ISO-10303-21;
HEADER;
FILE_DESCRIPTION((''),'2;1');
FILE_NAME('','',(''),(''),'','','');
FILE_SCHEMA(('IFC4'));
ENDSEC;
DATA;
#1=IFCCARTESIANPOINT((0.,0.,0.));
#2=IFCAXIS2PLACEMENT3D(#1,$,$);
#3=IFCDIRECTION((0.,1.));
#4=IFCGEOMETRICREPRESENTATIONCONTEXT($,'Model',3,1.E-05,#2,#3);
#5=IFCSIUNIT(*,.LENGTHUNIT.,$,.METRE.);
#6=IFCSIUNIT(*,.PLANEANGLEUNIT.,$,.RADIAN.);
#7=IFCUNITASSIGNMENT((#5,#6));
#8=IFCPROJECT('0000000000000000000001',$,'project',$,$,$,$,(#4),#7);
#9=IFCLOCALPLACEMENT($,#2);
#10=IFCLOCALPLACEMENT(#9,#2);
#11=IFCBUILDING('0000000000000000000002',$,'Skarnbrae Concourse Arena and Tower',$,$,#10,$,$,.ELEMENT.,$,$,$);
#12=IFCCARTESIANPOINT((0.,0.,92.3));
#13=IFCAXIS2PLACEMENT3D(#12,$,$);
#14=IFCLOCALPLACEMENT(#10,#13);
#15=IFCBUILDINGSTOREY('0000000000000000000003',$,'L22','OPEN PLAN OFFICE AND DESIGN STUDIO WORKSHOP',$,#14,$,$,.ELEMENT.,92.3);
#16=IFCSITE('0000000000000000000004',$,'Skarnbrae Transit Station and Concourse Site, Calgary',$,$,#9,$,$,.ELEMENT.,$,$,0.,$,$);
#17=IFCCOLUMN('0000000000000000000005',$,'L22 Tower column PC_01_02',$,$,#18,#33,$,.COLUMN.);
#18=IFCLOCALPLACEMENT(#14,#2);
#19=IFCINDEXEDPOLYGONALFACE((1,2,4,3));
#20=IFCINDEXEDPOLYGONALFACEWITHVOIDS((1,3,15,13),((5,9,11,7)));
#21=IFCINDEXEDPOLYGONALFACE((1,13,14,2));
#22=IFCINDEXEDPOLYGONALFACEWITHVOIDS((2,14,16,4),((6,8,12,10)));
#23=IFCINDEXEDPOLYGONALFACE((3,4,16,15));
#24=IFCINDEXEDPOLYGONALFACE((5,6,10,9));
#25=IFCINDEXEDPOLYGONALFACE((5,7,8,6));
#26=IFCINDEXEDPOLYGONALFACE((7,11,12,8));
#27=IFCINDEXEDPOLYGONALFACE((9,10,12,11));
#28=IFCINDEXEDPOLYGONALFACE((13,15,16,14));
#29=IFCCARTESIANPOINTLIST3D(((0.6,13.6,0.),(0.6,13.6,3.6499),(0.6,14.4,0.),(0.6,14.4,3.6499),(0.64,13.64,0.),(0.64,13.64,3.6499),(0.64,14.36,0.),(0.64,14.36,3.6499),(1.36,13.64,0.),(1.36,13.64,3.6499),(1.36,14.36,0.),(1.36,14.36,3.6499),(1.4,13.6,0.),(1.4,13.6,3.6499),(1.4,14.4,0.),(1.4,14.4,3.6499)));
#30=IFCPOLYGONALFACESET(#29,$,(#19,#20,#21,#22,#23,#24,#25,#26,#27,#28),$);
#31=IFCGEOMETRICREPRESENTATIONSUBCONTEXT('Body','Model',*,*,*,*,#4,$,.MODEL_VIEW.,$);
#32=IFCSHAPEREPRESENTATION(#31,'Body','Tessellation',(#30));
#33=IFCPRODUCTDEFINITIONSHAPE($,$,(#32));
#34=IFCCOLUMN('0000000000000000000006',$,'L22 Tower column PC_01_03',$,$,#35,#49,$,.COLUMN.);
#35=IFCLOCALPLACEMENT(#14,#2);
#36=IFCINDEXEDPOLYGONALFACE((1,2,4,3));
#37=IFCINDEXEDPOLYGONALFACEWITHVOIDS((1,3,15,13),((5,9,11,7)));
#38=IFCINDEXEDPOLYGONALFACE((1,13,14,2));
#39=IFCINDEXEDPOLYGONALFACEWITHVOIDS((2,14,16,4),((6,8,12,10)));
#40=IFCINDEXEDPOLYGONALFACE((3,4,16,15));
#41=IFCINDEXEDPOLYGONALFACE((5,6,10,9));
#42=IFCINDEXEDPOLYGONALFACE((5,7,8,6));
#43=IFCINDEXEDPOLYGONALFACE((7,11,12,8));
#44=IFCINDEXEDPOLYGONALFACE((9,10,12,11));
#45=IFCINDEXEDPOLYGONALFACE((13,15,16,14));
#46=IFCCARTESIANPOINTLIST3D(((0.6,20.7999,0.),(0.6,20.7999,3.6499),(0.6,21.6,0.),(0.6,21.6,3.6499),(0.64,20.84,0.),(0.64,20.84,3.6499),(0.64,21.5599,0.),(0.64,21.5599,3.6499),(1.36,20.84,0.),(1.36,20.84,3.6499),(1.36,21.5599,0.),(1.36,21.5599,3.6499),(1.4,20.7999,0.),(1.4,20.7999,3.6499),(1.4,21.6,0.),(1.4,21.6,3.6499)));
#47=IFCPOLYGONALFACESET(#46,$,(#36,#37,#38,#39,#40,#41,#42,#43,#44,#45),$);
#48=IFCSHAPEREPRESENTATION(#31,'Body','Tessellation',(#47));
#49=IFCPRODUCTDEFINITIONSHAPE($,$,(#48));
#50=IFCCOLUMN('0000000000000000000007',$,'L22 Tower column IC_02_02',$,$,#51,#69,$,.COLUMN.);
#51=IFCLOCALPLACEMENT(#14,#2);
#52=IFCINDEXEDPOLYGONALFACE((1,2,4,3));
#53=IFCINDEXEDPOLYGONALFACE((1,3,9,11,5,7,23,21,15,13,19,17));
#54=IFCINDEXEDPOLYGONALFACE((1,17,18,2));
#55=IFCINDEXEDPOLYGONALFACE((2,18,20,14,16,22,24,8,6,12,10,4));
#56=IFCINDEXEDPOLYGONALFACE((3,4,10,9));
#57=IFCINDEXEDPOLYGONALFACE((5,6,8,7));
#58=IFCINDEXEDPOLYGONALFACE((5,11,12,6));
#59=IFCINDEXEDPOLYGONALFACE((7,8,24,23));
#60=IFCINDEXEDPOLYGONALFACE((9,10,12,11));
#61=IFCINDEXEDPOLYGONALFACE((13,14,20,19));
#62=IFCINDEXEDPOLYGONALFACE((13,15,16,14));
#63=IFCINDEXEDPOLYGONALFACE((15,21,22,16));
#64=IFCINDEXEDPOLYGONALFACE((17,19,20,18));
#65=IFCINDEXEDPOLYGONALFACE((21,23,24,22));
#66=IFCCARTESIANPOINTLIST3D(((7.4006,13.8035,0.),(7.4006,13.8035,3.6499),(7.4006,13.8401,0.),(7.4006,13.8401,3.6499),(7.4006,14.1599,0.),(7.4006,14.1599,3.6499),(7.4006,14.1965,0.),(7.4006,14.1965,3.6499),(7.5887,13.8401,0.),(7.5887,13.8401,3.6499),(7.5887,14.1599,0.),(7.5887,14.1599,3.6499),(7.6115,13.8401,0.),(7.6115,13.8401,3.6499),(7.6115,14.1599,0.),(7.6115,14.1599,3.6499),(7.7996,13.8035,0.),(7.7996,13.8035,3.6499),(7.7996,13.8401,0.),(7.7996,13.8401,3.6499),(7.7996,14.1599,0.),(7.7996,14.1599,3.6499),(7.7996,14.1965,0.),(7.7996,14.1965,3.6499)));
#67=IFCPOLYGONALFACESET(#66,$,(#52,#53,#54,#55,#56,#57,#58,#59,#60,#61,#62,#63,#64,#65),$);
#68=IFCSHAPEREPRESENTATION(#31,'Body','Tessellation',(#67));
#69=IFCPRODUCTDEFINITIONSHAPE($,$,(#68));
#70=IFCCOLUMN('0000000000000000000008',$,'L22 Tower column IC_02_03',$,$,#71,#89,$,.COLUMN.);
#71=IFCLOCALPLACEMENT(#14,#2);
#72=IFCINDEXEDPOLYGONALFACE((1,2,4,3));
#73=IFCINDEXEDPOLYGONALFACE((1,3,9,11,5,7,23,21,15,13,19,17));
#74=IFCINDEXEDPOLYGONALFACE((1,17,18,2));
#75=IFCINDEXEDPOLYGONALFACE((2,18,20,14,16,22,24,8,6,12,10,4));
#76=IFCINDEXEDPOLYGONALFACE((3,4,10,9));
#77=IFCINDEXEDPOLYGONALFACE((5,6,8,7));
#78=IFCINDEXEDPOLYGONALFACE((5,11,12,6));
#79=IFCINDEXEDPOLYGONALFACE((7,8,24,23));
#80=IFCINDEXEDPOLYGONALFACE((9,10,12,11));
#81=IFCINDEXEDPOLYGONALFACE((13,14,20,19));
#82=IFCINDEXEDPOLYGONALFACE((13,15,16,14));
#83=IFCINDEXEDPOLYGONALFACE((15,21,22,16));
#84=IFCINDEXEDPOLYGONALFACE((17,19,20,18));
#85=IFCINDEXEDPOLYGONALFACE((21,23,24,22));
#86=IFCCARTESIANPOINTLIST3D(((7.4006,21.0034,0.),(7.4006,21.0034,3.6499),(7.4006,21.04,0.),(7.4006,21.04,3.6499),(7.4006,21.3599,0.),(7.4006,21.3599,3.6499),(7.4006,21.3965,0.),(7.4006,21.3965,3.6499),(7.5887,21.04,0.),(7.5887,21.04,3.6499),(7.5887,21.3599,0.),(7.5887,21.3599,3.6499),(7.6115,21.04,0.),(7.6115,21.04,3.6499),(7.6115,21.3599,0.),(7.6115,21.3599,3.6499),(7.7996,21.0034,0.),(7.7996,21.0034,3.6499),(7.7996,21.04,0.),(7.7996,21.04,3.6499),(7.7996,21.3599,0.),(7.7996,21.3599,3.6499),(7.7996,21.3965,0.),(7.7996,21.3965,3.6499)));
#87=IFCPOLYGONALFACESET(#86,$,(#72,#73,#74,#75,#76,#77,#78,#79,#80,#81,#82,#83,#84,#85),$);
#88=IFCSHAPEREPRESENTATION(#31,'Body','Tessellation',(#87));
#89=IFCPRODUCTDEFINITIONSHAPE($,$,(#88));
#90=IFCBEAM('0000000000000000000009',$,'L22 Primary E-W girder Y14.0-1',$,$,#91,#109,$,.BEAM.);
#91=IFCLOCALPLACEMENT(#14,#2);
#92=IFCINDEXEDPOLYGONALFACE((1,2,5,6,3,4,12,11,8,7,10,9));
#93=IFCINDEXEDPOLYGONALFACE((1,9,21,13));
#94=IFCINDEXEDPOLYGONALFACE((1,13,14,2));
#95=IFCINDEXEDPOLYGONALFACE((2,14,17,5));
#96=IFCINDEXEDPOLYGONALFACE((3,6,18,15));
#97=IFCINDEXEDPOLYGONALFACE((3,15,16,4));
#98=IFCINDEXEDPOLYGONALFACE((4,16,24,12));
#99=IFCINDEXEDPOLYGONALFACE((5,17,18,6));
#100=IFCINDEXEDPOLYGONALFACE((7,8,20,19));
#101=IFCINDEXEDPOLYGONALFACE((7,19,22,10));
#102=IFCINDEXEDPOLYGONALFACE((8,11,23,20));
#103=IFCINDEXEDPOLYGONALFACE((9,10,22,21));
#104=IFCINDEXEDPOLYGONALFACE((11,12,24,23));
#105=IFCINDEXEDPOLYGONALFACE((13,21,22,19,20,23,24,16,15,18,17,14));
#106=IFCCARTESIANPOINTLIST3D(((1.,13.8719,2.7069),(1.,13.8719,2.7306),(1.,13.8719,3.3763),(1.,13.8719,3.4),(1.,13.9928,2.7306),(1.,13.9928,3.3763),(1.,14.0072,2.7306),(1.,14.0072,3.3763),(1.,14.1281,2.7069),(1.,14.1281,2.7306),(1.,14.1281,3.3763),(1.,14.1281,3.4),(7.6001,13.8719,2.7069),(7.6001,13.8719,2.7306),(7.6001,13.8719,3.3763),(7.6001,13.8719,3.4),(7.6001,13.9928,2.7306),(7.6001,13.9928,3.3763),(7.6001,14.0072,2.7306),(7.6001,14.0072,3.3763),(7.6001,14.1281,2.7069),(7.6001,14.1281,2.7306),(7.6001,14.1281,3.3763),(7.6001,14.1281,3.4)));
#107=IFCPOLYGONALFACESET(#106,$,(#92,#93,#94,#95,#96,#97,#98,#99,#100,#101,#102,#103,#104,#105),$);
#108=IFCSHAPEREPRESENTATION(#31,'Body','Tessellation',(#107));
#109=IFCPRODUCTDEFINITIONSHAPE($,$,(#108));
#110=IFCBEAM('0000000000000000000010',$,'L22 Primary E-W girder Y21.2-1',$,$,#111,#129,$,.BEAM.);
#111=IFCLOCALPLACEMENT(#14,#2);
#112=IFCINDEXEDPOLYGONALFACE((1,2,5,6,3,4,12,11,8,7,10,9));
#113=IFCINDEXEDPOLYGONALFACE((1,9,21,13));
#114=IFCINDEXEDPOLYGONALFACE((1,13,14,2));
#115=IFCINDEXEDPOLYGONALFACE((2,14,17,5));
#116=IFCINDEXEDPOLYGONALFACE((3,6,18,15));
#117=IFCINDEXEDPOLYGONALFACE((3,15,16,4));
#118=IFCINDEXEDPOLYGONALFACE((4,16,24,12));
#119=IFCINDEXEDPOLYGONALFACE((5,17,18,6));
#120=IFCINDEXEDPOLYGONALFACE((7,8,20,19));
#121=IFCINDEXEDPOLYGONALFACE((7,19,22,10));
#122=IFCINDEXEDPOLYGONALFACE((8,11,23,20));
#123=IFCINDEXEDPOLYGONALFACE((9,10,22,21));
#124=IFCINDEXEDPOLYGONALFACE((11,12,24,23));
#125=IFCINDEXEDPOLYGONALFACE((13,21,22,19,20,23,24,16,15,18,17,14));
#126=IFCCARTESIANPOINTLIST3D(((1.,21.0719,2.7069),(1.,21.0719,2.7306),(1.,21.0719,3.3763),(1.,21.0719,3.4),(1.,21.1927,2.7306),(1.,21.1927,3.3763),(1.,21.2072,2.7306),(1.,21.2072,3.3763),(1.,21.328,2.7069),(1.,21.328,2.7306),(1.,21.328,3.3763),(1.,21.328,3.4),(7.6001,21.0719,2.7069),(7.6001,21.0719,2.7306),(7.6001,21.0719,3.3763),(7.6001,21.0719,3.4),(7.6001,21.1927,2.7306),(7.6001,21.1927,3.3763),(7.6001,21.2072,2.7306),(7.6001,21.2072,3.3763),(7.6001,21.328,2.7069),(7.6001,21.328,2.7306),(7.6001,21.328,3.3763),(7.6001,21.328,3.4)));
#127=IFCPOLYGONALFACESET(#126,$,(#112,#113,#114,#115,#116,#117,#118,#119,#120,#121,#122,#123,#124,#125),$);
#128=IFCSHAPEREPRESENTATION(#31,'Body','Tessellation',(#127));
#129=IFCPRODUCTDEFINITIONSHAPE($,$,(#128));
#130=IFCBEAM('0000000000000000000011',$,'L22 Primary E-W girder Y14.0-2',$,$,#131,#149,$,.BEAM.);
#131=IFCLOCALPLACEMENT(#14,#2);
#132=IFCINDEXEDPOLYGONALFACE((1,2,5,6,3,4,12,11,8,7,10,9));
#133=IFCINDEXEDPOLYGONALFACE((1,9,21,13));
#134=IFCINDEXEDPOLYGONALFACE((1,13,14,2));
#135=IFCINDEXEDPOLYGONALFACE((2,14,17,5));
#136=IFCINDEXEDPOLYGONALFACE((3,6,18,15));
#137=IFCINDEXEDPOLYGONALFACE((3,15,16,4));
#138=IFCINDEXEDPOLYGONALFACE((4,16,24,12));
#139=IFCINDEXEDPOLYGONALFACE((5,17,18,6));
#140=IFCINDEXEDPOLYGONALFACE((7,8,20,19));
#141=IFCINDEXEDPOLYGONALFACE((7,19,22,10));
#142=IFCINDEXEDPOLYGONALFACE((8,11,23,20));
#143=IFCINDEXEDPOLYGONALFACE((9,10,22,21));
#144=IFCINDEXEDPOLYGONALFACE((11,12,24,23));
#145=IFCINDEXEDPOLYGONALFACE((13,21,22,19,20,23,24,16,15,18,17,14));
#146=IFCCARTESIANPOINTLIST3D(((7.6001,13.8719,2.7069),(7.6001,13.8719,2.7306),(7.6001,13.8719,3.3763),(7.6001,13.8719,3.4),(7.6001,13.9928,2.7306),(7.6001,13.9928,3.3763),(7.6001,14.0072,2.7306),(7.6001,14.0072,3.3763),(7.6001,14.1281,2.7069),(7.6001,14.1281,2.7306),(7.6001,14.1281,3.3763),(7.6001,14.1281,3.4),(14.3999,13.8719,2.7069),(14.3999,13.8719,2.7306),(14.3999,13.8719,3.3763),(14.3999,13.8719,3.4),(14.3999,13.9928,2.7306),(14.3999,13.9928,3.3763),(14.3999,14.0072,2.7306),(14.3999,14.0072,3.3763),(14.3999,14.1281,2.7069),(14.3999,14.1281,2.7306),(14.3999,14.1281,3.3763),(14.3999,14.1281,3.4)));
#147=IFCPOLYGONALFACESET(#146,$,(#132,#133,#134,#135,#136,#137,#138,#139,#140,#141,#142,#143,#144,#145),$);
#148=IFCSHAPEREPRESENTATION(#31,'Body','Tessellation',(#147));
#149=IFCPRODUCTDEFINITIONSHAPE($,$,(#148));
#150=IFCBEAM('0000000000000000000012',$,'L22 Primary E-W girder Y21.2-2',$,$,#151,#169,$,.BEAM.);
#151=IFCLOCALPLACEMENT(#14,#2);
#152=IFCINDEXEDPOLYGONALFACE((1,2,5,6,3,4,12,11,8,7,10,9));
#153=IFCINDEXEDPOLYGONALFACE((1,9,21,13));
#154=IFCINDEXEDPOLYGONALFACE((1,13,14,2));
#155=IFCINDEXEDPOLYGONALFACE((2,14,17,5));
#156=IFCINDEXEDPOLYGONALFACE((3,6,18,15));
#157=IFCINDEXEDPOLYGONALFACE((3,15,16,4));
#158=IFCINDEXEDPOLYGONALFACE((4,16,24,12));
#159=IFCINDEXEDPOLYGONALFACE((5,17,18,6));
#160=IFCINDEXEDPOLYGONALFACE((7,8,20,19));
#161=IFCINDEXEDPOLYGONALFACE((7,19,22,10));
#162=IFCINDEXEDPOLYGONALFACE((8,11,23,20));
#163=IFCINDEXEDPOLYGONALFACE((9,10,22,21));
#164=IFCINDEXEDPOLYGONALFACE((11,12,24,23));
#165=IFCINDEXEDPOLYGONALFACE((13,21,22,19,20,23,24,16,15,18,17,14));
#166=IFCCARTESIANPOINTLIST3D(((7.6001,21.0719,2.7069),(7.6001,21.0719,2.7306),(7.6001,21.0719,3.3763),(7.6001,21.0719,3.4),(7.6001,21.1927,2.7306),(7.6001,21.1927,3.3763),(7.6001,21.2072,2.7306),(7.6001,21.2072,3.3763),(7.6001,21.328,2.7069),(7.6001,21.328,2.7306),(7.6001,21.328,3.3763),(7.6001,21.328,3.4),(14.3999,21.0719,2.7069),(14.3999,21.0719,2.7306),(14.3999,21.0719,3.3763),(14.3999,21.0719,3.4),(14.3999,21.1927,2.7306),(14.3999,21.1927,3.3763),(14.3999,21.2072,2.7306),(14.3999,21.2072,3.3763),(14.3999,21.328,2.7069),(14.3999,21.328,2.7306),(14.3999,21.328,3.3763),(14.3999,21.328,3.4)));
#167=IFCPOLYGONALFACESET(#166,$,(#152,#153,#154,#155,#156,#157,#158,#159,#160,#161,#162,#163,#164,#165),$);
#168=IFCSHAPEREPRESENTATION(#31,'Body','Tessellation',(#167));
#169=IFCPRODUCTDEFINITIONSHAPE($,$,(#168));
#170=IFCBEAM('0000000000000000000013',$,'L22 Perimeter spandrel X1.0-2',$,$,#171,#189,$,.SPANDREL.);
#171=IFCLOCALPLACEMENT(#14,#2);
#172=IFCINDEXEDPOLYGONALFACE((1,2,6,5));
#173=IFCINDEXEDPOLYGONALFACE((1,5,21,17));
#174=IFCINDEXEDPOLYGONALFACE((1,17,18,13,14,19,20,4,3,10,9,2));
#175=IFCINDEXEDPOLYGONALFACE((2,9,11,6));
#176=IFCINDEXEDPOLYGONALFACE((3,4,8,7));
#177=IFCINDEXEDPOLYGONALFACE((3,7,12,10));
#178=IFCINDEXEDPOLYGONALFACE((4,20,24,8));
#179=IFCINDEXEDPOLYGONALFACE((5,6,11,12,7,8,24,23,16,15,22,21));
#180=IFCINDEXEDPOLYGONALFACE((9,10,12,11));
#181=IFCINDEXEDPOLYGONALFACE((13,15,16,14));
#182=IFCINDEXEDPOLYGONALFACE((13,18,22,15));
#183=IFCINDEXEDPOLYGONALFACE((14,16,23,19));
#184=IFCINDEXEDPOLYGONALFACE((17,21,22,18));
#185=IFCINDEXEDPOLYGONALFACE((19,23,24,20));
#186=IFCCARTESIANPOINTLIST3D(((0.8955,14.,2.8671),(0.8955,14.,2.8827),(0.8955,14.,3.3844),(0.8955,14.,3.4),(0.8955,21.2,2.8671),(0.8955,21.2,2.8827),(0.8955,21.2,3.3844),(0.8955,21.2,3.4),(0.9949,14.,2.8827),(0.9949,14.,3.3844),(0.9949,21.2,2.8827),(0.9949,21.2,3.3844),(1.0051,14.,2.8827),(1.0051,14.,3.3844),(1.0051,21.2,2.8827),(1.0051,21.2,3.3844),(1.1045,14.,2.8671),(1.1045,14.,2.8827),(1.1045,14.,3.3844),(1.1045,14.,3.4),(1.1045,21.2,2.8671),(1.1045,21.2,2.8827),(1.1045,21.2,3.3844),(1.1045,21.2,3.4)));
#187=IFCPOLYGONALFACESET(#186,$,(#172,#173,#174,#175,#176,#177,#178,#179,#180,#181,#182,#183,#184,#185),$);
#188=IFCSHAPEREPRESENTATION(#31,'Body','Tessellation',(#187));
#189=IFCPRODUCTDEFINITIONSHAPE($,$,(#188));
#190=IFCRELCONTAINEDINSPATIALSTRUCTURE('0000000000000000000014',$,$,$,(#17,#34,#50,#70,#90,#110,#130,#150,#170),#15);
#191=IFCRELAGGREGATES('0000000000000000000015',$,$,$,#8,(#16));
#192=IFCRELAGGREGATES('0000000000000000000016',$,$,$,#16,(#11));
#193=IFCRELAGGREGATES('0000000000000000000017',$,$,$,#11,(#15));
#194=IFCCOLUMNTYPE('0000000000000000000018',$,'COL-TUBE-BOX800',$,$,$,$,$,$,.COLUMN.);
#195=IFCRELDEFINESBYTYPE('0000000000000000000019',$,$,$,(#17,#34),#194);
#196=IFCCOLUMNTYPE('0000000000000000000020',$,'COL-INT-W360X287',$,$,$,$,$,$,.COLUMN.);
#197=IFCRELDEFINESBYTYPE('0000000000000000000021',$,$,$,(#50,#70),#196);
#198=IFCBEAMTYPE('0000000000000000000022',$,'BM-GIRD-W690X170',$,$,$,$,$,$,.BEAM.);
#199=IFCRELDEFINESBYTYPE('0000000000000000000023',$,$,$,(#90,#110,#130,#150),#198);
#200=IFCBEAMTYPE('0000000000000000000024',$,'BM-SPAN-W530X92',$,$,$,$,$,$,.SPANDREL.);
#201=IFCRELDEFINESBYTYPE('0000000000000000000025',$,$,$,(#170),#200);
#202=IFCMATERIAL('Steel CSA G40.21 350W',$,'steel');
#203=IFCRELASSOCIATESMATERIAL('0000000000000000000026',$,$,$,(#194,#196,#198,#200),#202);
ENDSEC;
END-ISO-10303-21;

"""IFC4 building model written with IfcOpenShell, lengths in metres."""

from ifc_helpers import new_model, si_unit, direction, frame, origin, origin_2d, place, context, subcontext, project, spatial, hollow_rectangle, i_section, extrude, source, transform, mapped, material, material_profile, profile_set, type_object, element, save


model = new_model("IFC4")

# Units and contexts
model_context = context("Model", 3, precision=1e-05, world=origin(), true_north=direction((0.0, 1.0)))
body_context = subcontext(model_context, "Body", "Model", "MODEL_VIEW")
ifc_project = project(units=[si_unit("LENGTHUNIT", "METRE"), si_unit("PLANEANGLEUNIT", "RADIAN")], contexts=[model_context])

# Site, building, storey
site_placement = place(None, origin())
site = spatial("IfcSite", under=ifc_project, at=site_placement, Name="Skarnbrae Transit Station and Concourse Site, Calgary", CompositionType="ELEMENT", RefElevation=0.0)
building_placement = place(site_placement, origin())
building = spatial("IfcBuilding", under=site, at=building_placement, Name="Skarnbrae Concourse Arena and Tower", CompositionType="ELEMENT")
storey_placement = place(building_placement, frame((0.0, 0.0, 92.3)))
storey = spatial("IfcBuildingStorey", under=building, at=storey_placement, Name="L22", Description="OPEN PLAN OFFICE AND DESIGN STUDIO WORKSHOP", CompositionType="ELEMENT", Elevation=92.3)

# Columns
ifc_material_1 = material(Name="Steel CSA G40.21 350W", Category="steel")
ifc_material_profile_1 = material_profile(ifc_material_1, hollow_rectangle(XDim=0.8, YDim=0.8, WallThickness=0.04, at=origin_2d()), Name="BOX800X800X40")
ifc_profile_set_1 = profile_set([ifc_material_profile_1], Name="Steel CSA G40.21 350W")
column_type_1 = type_object("IfcColumnType", Name="COL-TUBE-BOX800", PredefinedType="COLUMN", material=ifc_profile_set_1)
shared_shape_1 = source(origin(), body_context, "Body", "SweptSolid", [
    extrude(hollow_rectangle(XDim=0.8, YDim=0.8, WallThickness=0.04, at=origin_2d()), origin(), (0.0, 0.0, 1.0), 3.6499),
])
for number, where, z_axis, x_axis, name in (
    (1, (1.0, 14.0, 0.0), (0.0, 0.0, 1.0), (1.0, 0.0, 0.0), "L22 Tower column PC_01_02"),
    (2, (1.0, 21.2, 0.0), (0.0, 0.0, 1.0), (1.0, 0.0, 0.0), "L22 Tower column PC_01_03"),
):
    element("IfcColumn", number, at=place(storey_placement, frame(where, z_axis=z_axis, x_axis=x_axis)), inside=storey, type_object=column_type_1, Name=name, PredefinedType="COLUMN", context=body_context, shape_type="MappedRepresentation", body=[
        mapped(shared_shape_1, transform((0.0, 0.0, 0.0))),
    ])
ifc_material_profile_2 = material_profile(ifc_material_1, i_section(OverallWidth=0.3989, OverallDepth=0.3931, WebThickness=0.0227, FlangeThickness=0.0366, at=origin_2d()), Name="W360X287")
ifc_profile_set_2 = profile_set([ifc_material_profile_2], Name="Steel CSA G40.21 350W")
column_type_2 = type_object("IfcColumnType", Name="COL-INT-W360X287", PredefinedType="COLUMN", material=ifc_profile_set_2)
shared_shape_2 = source(origin(), body_context, "Body", "SweptSolid", [
    extrude(i_section(OverallWidth=0.3989, OverallDepth=0.3931, WebThickness=0.0227, FlangeThickness=0.0366, at=origin_2d()), origin(), (0.0, 0.0, 1.0), 3.6499),
])
for number, where, z_axis, x_axis, name in (
    (3, (7.6001, 14.0, 0.0), (0.0, 0.0, 1.0), (1.0, 0.0, 0.0), "L22 Tower column IC_02_02"),
    (4, (7.6001, 21.2, 0.0), (0.0, 0.0, 1.0), (1.0, 0.0, 0.0), "L22 Tower column IC_02_03"),
):
    element("IfcColumn", number, at=place(storey_placement, frame(where, z_axis=z_axis, x_axis=x_axis)), inside=storey, type_object=column_type_2, Name=name, PredefinedType="COLUMN", context=body_context, shape_type="MappedRepresentation", body=[
        mapped(shared_shape_2, transform((0.0, 0.0, 0.0))),
    ])

# Beams
ifc_material_profile_3 = material_profile(ifc_material_1, i_section(OverallWidth=0.2561, OverallDepth=0.6931, WebThickness=0.0144, FlangeThickness=0.0237, at=origin_2d()), Name="W690X170")
ifc_profile_set_3 = profile_set([ifc_material_profile_3], Name="Steel CSA G40.21 350W")
beam_type_1 = type_object("IfcBeamType", Name="BM-GIRD-W690X170", PredefinedType="BEAM", material=ifc_profile_set_3)
shared_shape_3 = source(origin(), body_context, "Body", "SweptSolid", [
    extrude(i_section(OverallWidth=0.2561, OverallDepth=0.6931, WebThickness=0.0144, FlangeThickness=0.0237, at=origin_2d()), origin(), (0.0, 0.0, 1.0), 6.6001),
])
for number, where, z_axis, x_axis, name in (
    (5, (1.0, 14.0, 3.0535), (1.0, 0.0, 0.0), (0.0, 1.0, 0.0), "L22 Primary E-W girder Y14.0-1"),
    (6, (1.0, 21.2, 3.0535), (1.0, 0.0, 0.0), (0.0, 1.0, 0.0), "L22 Primary E-W girder Y21.2-1"),
):
    element("IfcBeam", number, at=place(storey_placement, frame(where, z_axis=z_axis, x_axis=x_axis)), inside=storey, type_object=beam_type_1, Name=name, PredefinedType="BEAM", context=body_context, shape_type="MappedRepresentation", body=[
        mapped(shared_shape_3, transform((0.0, 0.0, 0.0))),
    ])
shared_shape_4 = source(origin(), body_context, "Body", "SweptSolid", [
    extrude(i_section(OverallWidth=0.2561, OverallDepth=0.6931, WebThickness=0.0144, FlangeThickness=0.0237, at=origin_2d()), origin(), (0.0, 0.0, 1.0), 6.7998),
])
for number, where, z_axis, x_axis, name in (
    (7, (7.6001, 14.0, 3.0535), (1.0, 0.0, 0.0), (0.0, 1.0, 0.0), "L22 Primary E-W girder Y14.0-2"),
    (8, (7.6001, 21.2, 3.0535), (1.0, 0.0, 0.0), (0.0, 1.0, 0.0), "L22 Primary E-W girder Y21.2-2"),
):
    element("IfcBeam", number, at=place(storey_placement, frame(where, z_axis=z_axis, x_axis=x_axis)), inside=storey, type_object=beam_type_1, Name=name, PredefinedType="BEAM", context=body_context, shape_type="MappedRepresentation", body=[
        mapped(shared_shape_4, transform((0.0, 0.0, 0.0))),
    ])
ifc_material_profile_4 = material_profile(ifc_material_1, i_section(OverallWidth=0.209, OverallDepth=0.533, WebThickness=0.0103, FlangeThickness=0.0156, at=origin_2d()), Name="W530X92")
ifc_profile_set_4 = profile_set([ifc_material_profile_4], Name="Steel CSA G40.21 350W")
beam_type_2 = type_object("IfcBeamType", Name="BM-SPAN-W530X92", PredefinedType="SPANDREL", material=ifc_profile_set_4)
shared_shape_5 = source(origin(), body_context, "Body", "SweptSolid", [
    extrude(i_section(OverallWidth=0.209, OverallDepth=0.533, WebThickness=0.0103, FlangeThickness=0.0156, at=origin_2d()), origin(), (0.0, 0.0, 1.0), 7.2),
])
beam_1_placement = place(storey_placement, frame((1.0, 14.0, 3.1335), z_axis=(0.0, 1.0, 0.0), x_axis=(-1.0, 0.0, 0.0)))
element("IfcBeam", 9, at=beam_1_placement, inside=storey, type_object=beam_type_2, Name="L22 Perimeter spandrel X1.0-2", PredefinedType="SPANDREL", context=body_context, shape_type="MappedRepresentation", body=[
    mapped(shared_shape_5, transform((0.0, 0.0, 0.0))),
])

save(model, "model.ifc")
